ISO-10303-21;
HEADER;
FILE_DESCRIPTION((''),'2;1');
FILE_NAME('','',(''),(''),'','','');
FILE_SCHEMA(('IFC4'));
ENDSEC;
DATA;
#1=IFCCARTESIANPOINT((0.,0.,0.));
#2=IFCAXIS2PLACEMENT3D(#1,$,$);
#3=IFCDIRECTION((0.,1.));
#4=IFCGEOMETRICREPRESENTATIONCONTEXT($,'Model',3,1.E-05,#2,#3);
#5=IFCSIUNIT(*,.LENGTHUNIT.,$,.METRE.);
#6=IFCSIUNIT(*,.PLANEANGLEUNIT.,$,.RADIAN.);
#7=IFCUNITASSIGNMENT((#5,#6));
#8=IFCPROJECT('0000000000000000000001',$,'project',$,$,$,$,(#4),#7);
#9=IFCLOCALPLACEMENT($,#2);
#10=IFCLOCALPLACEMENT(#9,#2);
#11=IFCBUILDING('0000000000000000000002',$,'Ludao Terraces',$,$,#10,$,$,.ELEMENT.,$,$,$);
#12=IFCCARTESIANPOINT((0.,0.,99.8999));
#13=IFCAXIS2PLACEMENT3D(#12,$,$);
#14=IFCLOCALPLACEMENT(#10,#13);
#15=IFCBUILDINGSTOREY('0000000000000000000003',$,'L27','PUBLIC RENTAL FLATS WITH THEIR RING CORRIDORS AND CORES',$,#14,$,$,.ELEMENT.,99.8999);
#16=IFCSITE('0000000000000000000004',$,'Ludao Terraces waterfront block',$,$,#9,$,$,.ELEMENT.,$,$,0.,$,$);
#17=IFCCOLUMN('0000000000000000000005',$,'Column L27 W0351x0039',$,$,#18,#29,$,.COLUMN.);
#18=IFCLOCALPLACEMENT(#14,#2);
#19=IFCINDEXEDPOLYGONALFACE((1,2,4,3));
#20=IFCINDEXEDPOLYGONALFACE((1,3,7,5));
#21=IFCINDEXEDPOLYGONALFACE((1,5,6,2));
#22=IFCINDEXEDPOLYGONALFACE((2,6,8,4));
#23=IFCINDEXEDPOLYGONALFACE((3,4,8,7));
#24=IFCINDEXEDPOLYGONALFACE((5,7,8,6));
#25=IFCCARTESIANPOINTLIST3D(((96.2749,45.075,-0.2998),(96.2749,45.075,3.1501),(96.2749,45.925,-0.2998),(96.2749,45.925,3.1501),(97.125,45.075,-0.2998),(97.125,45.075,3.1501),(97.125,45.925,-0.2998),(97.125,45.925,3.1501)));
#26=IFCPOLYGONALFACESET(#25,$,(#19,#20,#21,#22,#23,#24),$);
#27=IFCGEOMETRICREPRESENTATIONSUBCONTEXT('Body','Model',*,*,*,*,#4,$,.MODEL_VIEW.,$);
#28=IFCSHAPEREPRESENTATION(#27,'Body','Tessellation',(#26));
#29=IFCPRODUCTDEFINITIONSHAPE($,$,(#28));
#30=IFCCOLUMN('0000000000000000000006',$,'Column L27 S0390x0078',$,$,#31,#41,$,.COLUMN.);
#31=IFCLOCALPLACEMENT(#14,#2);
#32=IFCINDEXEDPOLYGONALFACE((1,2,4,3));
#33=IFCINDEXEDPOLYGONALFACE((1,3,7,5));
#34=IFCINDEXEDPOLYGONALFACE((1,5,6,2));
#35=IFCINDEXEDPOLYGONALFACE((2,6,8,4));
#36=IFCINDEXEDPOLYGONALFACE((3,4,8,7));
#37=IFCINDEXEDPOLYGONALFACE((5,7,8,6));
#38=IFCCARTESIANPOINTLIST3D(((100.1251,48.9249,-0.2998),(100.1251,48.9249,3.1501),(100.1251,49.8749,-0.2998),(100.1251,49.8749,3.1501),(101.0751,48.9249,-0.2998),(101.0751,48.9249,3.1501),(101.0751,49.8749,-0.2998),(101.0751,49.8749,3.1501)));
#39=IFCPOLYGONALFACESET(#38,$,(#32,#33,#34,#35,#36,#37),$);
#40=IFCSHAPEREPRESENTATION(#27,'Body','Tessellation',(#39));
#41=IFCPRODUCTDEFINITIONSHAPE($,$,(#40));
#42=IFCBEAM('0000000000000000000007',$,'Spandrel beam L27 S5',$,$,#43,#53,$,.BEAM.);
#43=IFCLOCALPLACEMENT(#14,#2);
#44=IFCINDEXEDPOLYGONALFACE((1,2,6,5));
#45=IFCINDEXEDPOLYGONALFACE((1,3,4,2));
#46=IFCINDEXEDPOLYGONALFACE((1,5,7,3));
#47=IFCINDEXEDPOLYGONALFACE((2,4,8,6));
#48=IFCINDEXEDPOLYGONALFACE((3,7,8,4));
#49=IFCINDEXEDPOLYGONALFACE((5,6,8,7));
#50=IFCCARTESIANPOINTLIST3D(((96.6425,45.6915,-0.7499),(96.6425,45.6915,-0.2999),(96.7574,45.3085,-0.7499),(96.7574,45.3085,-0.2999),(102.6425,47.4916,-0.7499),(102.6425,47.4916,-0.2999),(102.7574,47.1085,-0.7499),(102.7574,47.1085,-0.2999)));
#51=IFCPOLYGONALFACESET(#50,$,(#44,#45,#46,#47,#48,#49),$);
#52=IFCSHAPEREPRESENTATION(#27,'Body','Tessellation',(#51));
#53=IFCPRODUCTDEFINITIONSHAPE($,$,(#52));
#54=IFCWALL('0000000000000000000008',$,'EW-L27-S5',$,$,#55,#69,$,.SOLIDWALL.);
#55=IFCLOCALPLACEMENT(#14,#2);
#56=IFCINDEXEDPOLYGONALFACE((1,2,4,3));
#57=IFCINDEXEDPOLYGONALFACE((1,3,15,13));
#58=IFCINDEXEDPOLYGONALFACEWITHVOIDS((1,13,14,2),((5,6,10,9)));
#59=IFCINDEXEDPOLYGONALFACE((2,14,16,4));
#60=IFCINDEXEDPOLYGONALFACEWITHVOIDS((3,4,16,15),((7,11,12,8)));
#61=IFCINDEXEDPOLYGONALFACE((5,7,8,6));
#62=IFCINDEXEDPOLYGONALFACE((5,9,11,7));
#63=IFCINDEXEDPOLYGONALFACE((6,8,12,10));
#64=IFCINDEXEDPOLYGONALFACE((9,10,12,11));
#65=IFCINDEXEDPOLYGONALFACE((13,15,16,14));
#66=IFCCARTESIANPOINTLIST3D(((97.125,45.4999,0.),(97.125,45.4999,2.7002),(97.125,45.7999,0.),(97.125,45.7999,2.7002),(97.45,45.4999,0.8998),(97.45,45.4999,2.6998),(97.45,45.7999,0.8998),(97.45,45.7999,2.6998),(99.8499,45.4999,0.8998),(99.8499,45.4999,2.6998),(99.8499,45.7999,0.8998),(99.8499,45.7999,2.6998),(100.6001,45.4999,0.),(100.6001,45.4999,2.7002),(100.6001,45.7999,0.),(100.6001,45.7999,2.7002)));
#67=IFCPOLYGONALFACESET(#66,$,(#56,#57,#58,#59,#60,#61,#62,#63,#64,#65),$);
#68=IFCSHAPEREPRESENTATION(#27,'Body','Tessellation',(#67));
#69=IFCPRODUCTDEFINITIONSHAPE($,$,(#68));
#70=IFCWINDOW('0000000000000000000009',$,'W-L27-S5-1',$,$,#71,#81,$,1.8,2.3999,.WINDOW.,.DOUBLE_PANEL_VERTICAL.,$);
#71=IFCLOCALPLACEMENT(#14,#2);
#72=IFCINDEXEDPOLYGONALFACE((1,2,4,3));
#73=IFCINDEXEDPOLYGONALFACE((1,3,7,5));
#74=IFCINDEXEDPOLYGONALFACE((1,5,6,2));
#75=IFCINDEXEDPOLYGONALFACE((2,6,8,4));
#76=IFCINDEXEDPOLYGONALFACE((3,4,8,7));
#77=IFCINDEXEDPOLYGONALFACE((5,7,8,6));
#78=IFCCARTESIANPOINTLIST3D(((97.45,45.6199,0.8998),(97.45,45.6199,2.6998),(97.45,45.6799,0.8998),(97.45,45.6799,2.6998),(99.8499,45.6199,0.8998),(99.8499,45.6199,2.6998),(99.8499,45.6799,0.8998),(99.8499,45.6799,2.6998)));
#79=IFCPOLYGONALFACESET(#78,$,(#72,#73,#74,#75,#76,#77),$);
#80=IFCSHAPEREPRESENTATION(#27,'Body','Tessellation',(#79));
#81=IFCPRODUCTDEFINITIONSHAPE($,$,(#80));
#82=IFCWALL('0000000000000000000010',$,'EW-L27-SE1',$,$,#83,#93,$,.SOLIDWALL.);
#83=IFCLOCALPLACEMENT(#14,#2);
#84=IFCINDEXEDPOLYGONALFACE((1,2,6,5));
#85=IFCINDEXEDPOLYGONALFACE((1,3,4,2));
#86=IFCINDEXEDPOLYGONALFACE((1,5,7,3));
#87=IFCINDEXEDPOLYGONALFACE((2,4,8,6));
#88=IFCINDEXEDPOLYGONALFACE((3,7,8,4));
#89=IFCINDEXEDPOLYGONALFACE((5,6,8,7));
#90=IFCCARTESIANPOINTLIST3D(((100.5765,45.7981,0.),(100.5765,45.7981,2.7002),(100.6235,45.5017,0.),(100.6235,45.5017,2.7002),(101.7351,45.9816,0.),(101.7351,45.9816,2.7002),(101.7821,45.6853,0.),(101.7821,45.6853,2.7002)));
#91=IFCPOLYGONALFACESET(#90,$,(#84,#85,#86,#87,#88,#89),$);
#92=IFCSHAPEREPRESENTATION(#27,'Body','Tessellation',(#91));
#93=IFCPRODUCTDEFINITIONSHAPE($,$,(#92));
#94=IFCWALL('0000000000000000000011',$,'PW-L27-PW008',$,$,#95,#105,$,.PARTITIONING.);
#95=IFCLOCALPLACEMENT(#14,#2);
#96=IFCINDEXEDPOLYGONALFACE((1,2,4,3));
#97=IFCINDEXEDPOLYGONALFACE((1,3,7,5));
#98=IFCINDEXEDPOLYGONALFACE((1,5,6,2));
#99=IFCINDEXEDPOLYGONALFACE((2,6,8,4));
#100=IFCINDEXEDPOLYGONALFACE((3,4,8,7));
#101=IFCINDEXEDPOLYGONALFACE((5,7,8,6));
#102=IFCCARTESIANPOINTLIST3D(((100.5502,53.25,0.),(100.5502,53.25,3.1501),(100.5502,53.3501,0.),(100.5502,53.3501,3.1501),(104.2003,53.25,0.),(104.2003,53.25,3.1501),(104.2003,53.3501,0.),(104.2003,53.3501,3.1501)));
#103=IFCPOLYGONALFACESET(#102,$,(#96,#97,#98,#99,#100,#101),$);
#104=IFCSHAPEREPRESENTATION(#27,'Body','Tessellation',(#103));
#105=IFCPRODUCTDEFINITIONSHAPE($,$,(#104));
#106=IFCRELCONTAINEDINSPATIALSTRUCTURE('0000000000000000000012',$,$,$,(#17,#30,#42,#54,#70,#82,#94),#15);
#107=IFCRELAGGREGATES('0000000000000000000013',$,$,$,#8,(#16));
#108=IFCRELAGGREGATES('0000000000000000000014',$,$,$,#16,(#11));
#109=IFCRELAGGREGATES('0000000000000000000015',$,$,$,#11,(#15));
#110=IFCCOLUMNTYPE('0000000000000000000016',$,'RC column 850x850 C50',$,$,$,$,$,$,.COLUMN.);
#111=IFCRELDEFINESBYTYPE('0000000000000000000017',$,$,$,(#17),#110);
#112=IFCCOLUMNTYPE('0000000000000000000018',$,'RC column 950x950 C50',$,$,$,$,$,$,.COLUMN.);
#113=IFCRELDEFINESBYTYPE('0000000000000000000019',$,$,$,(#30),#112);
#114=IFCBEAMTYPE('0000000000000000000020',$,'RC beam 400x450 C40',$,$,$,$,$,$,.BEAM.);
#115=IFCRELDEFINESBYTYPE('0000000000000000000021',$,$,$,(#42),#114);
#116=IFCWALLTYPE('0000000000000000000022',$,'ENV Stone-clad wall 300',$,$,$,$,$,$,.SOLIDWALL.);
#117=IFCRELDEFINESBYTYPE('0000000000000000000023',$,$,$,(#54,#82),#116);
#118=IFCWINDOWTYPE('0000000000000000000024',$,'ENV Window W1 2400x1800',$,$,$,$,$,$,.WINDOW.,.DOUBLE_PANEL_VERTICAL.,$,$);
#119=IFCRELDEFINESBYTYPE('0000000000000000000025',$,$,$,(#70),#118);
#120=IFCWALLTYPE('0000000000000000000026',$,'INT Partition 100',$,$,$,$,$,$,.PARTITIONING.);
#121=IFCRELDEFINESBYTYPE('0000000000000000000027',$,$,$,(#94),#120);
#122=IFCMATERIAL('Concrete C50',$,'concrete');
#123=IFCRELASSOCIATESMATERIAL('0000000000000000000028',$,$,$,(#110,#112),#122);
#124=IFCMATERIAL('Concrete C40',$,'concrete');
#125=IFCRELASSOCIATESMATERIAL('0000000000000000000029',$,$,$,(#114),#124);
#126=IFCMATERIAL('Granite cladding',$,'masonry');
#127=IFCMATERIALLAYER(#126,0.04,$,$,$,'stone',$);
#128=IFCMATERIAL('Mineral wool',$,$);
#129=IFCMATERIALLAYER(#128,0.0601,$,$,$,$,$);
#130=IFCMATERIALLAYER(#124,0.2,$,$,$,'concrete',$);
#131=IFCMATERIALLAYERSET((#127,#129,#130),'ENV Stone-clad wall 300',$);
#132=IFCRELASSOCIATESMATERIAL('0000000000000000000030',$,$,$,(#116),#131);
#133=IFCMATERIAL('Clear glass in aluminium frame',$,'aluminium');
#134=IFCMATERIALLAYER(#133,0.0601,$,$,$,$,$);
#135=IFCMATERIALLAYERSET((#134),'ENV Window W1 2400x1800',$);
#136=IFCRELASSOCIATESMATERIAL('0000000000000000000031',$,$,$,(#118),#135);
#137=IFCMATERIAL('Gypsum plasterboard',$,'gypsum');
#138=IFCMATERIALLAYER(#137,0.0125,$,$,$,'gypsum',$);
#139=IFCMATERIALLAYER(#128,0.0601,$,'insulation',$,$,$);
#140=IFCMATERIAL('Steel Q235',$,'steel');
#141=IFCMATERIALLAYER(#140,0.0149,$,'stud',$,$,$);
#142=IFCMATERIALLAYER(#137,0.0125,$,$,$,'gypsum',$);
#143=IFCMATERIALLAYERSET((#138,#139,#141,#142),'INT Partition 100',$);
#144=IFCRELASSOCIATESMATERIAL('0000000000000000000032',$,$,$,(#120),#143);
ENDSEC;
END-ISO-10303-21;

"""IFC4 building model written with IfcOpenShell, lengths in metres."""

from ifc_helpers import new_model, si_unit, direction, frame, frame_2d, origin, origin_2d, place, context, subcontext, project, spatial, rectangle, extrude, material, layer, layer_set, material_profile, profile_set, type_object, element, fill, save


model = new_model("IFC4")

# Units and contexts
model_context = context("Model", 3, precision=1e-05, world=origin(), true_north=direction((0.0, 1.0)))
body_context = subcontext(model_context, "Body", "Model", "MODEL_VIEW")
ifc_project = project(units=[si_unit("LENGTHUNIT", "METRE"), si_unit("PLANEANGLEUNIT", "RADIAN")], contexts=[model_context])

# Site, building, storey
site_placement = place(None, origin())
site = spatial("IfcSite", under=ifc_project, at=site_placement, Name="Ludao Terraces waterfront block", CompositionType="ELEMENT", RefElevation=0.0)
building_placement = place(site_placement, origin())
building = spatial("IfcBuilding", under=site, at=building_placement, Name="Ludao Terraces", CompositionType="ELEMENT")
storey_placement = place(building_placement, frame((0.0, 0.0, 99.8999)))
storey = spatial("IfcBuildingStorey", under=building, at=storey_placement, Name="L27", Description="PUBLIC RENTAL FLATS WITH THEIR RING CORRIDORS AND CORES", CompositionType="ELEMENT", Elevation=99.8999)

# Columns
ifc_material_1 = material(Name="Concrete C50", Category="concrete")
ifc_material_profile_1 = material_profile(ifc_material_1, rectangle(XDim=0.8501, YDim=0.8501, at=origin_2d()), Name="850 X 850")
ifc_profile_set_1 = profile_set([ifc_material_profile_1], Name="Concrete C50")
column_type_1 = type_object("IfcColumnType", Name="RC column 850x850 C50", PredefinedType="COLUMN", material=ifc_profile_set_1)
column_1_placement = place(storey_placement, frame((96.7, 45.5, -0.2998), z_axis=(0.0, 0.0, 1.0), x_axis=(1.0, 0.0, 0.0)))
element("IfcColumn", 1, at=column_1_placement, inside=storey, type_object=column_type_1, Name="Column L27 W0351x0039", PredefinedType="COLUMN", context=body_context, shape_type="SweptSolid", body=[
    extrude(rectangle(XDim=0.8501, YDim=0.8501, at=origin_2d()), origin(), (0.0, 0.0, 1.0), 3.45),
])
ifc_material_profile_2 = material_profile(ifc_material_1, rectangle(XDim=0.95, YDim=0.95, at=origin_2d()), Name="950 X 950")
ifc_profile_set_2 = profile_set([ifc_material_profile_2], Name="Concrete C50")
column_type_2 = type_object("IfcColumnType", Name="RC column 950x950 C50", PredefinedType="COLUMN", material=ifc_profile_set_2)
column_2_placement = place(storey_placement, frame((100.6001, 49.3999, -0.2998), z_axis=(0.0, 0.0, 1.0), x_axis=(1.0, 0.0, 0.0)))
element("IfcColumn", 2, at=column_2_placement, inside=storey, type_object=column_type_2, Name="Column L27 S0390x0078", PredefinedType="COLUMN", context=body_context, shape_type="SweptSolid", body=[
    extrude(rectangle(XDim=0.95, YDim=0.95, at=origin_2d()), origin(), (0.0, 0.0, 1.0), 3.45),
])

# Beam
ifc_material_2 = material(Name="Concrete C40", Category="concrete")
ifc_material_profile_3 = material_profile(ifc_material_2, rectangle(XDim=0.3999, YDim=0.45, at=origin_2d()), Name="400 X 450")
ifc_profile_set_3 = profile_set([ifc_material_profile_3], Name="Concrete C40")
beam_type = type_object("IfcBeamType", Name="RC beam 400x450 C40", PredefinedType="BEAM", material=ifc_profile_set_3)
beam_placement = place(storey_placement, frame((96.7, 45.5, -0.5249), z_axis=(0.957824, 0.287355, 0.0), x_axis=(-0.287355, 0.957824, 0.0)))
element("IfcBeam", 3, at=beam_placement, inside=storey, type_object=beam_type, Name="Spandrel beam L27 S5", PredefinedType="BEAM", context=body_context, shape_type="SweptSolid", body=[
    extrude(rectangle(XDim=0.3999, YDim=0.45, at=origin_2d()), origin(), (0.0, 0.0, 1.0), 6.2642),
])

# Wall, opening, window
ifc_material_3 = material(Name="Granite cladding", Category="masonry")
ifc_layer_1 = layer(ifc_material_3, 0.04, Category="stone")
ifc_material_4 = material(Name="Mineral wool")
ifc_layer_2 = layer(ifc_material_4, 0.0601)
ifc_layer_3 = layer(ifc_material_2, 0.2, Category="concrete")
ifc_layer_set_1 = layer_set([ifc_layer_1, ifc_layer_2, ifc_layer_3], Name="ENV Stone-clad wall 300")
wall_type_1 = type_object("IfcWallType", Name="ENV Stone-clad wall 300", PredefinedType="SOLIDWALL", material=ifc_layer_set_1)
wall_1_placement = place(storey_placement, frame((97.125, 45.6499, 0.0), z_axis=(0.0, 0.0, 1.0), x_axis=(1.0, 0.0, 0.0)))
wall_1 = element("IfcWall", 4, at=wall_1_placement, inside=storey, type_object=wall_type_1, Name="EW-L27-S5", PredefinedType="SOLIDWALL", context=body_context, shape_type="SweptSolid", body=[
    extrude(rectangle(XDim=3.4751, YDim=0.3, at=frame_2d((1.7375, 0.0))), origin(), (0.0, 0.0, 1.0), 2.7002),
])
opening_1_placement = place(wall_1_placement, frame((0.325, 0.0, 0.8999)))
opening_1 = element("IfcOpeningElement", 5, at=opening_1_placement, cuts=wall_1, PredefinedType="OPENING", context=body_context, shape_type="SweptSolid", body=[
    extrude(rectangle(XDim=2.3999, YDim=1.8, at=frame_2d((1.2, 0.8999))), frame((0.0, 0.1602, 0.0), z_axis=(0.0, -1.0, 0.0), x_axis=(1.0, 0.0, 0.0)), (0.0, 0.0, 1.0), 0.3201),
])
ifc_material_5 = material(Name="Clear glass in aluminium frame", Category="aluminium")
ifc_layer_4 = layer(ifc_material_5, 0.0601)
ifc_layer_set_2 = layer_set([ifc_layer_4], Name="ENV Window W1 2400x1800")
window_type = type_object("IfcWindowType", Name="ENV Window W1 2400x1800", PartitioningType="DOUBLE_PANEL_VERTICAL", PredefinedType="WINDOW", material=ifc_layer_set_2)
window_placement = place(opening_1_placement, origin())
window = element("IfcWindow", 6, at=window_placement, inside=storey, type_object=window_type, Name="W-L27-S5-1", OverallHeight=1.8, OverallWidth=2.3999, PartitioningType="DOUBLE_PANEL_VERTICAL", PredefinedType="WINDOW", context=body_context, shape_type="SweptSolid", body=[
    extrude(rectangle(XDim=2.3999, YDim=1.8, at=frame_2d((1.2, 0.8999))), frame((0.0, 0.03, 0.0), z_axis=(0.0, -1.0, 0.0), x_axis=(1.0, 0.0, 0.0)), (0.0, 0.0, 1.0), 0.0601),
])
fill(opening_1, window)

# Walls
wall_2_placement = place(storey_placement, frame((100.6001, 45.6499, 0.0), z_axis=(0.0, 0.0, 1.0), x_axis=(0.987678, 0.156497, 0.0)))
element("IfcWall", 7, at=wall_2_placement, inside=storey, type_object=wall_type_1, Name="EW-L27-SE1", PredefinedType="SOLIDWALL", context=body_context, shape_type="SweptSolid", body=[
    extrude(rectangle(XDim=1.1731, YDim=0.3, at=frame_2d((0.5864, 0.0))), origin(), (0.0, 0.0, 1.0), 2.7002),
])
ifc_material_6 = material(Name="Gypsum plasterboard", Category="gypsum")
ifc_layer_5 = layer(ifc_material_6, 0.0125, Category="gypsum")
ifc_layer_6 = layer(ifc_material_4, 0.0601, Name="insulation")
ifc_material_7 = material(Name="Steel Q235", Category="steel")
ifc_layer_7 = layer(ifc_material_7, 0.0149, Name="stud")
ifc_layer_8 = layer(ifc_material_6, 0.0125, Category="gypsum")
ifc_layer_set_3 = layer_set([ifc_layer_5, ifc_layer_6, ifc_layer_7, ifc_layer_8], Name="INT Partition 100")
wall_type_2 = type_object("IfcWallType", Name="INT Partition 100", PredefinedType="PARTITIONING", material=ifc_layer_set_3)
wall_3_placement = place(storey_placement, frame((100.55, 53.3, 0.0), z_axis=(0.0, 0.0, 1.0), x_axis=(1.0, 0.0, 0.0)))
element("IfcWall", 8, at=wall_3_placement, inside=storey, type_object=wall_type_2, Name="PW-L27-PW008", PredefinedType="PARTITIONING", context=body_context, shape_type="SweptSolid", body=[
    extrude(rectangle(XDim=3.6501, YDim=0.1001, at=frame_2d((1.8252, 0.0))), origin(), (0.0, 0.0, 1.0), 3.1501),
])

save(model, "model.ifc")
